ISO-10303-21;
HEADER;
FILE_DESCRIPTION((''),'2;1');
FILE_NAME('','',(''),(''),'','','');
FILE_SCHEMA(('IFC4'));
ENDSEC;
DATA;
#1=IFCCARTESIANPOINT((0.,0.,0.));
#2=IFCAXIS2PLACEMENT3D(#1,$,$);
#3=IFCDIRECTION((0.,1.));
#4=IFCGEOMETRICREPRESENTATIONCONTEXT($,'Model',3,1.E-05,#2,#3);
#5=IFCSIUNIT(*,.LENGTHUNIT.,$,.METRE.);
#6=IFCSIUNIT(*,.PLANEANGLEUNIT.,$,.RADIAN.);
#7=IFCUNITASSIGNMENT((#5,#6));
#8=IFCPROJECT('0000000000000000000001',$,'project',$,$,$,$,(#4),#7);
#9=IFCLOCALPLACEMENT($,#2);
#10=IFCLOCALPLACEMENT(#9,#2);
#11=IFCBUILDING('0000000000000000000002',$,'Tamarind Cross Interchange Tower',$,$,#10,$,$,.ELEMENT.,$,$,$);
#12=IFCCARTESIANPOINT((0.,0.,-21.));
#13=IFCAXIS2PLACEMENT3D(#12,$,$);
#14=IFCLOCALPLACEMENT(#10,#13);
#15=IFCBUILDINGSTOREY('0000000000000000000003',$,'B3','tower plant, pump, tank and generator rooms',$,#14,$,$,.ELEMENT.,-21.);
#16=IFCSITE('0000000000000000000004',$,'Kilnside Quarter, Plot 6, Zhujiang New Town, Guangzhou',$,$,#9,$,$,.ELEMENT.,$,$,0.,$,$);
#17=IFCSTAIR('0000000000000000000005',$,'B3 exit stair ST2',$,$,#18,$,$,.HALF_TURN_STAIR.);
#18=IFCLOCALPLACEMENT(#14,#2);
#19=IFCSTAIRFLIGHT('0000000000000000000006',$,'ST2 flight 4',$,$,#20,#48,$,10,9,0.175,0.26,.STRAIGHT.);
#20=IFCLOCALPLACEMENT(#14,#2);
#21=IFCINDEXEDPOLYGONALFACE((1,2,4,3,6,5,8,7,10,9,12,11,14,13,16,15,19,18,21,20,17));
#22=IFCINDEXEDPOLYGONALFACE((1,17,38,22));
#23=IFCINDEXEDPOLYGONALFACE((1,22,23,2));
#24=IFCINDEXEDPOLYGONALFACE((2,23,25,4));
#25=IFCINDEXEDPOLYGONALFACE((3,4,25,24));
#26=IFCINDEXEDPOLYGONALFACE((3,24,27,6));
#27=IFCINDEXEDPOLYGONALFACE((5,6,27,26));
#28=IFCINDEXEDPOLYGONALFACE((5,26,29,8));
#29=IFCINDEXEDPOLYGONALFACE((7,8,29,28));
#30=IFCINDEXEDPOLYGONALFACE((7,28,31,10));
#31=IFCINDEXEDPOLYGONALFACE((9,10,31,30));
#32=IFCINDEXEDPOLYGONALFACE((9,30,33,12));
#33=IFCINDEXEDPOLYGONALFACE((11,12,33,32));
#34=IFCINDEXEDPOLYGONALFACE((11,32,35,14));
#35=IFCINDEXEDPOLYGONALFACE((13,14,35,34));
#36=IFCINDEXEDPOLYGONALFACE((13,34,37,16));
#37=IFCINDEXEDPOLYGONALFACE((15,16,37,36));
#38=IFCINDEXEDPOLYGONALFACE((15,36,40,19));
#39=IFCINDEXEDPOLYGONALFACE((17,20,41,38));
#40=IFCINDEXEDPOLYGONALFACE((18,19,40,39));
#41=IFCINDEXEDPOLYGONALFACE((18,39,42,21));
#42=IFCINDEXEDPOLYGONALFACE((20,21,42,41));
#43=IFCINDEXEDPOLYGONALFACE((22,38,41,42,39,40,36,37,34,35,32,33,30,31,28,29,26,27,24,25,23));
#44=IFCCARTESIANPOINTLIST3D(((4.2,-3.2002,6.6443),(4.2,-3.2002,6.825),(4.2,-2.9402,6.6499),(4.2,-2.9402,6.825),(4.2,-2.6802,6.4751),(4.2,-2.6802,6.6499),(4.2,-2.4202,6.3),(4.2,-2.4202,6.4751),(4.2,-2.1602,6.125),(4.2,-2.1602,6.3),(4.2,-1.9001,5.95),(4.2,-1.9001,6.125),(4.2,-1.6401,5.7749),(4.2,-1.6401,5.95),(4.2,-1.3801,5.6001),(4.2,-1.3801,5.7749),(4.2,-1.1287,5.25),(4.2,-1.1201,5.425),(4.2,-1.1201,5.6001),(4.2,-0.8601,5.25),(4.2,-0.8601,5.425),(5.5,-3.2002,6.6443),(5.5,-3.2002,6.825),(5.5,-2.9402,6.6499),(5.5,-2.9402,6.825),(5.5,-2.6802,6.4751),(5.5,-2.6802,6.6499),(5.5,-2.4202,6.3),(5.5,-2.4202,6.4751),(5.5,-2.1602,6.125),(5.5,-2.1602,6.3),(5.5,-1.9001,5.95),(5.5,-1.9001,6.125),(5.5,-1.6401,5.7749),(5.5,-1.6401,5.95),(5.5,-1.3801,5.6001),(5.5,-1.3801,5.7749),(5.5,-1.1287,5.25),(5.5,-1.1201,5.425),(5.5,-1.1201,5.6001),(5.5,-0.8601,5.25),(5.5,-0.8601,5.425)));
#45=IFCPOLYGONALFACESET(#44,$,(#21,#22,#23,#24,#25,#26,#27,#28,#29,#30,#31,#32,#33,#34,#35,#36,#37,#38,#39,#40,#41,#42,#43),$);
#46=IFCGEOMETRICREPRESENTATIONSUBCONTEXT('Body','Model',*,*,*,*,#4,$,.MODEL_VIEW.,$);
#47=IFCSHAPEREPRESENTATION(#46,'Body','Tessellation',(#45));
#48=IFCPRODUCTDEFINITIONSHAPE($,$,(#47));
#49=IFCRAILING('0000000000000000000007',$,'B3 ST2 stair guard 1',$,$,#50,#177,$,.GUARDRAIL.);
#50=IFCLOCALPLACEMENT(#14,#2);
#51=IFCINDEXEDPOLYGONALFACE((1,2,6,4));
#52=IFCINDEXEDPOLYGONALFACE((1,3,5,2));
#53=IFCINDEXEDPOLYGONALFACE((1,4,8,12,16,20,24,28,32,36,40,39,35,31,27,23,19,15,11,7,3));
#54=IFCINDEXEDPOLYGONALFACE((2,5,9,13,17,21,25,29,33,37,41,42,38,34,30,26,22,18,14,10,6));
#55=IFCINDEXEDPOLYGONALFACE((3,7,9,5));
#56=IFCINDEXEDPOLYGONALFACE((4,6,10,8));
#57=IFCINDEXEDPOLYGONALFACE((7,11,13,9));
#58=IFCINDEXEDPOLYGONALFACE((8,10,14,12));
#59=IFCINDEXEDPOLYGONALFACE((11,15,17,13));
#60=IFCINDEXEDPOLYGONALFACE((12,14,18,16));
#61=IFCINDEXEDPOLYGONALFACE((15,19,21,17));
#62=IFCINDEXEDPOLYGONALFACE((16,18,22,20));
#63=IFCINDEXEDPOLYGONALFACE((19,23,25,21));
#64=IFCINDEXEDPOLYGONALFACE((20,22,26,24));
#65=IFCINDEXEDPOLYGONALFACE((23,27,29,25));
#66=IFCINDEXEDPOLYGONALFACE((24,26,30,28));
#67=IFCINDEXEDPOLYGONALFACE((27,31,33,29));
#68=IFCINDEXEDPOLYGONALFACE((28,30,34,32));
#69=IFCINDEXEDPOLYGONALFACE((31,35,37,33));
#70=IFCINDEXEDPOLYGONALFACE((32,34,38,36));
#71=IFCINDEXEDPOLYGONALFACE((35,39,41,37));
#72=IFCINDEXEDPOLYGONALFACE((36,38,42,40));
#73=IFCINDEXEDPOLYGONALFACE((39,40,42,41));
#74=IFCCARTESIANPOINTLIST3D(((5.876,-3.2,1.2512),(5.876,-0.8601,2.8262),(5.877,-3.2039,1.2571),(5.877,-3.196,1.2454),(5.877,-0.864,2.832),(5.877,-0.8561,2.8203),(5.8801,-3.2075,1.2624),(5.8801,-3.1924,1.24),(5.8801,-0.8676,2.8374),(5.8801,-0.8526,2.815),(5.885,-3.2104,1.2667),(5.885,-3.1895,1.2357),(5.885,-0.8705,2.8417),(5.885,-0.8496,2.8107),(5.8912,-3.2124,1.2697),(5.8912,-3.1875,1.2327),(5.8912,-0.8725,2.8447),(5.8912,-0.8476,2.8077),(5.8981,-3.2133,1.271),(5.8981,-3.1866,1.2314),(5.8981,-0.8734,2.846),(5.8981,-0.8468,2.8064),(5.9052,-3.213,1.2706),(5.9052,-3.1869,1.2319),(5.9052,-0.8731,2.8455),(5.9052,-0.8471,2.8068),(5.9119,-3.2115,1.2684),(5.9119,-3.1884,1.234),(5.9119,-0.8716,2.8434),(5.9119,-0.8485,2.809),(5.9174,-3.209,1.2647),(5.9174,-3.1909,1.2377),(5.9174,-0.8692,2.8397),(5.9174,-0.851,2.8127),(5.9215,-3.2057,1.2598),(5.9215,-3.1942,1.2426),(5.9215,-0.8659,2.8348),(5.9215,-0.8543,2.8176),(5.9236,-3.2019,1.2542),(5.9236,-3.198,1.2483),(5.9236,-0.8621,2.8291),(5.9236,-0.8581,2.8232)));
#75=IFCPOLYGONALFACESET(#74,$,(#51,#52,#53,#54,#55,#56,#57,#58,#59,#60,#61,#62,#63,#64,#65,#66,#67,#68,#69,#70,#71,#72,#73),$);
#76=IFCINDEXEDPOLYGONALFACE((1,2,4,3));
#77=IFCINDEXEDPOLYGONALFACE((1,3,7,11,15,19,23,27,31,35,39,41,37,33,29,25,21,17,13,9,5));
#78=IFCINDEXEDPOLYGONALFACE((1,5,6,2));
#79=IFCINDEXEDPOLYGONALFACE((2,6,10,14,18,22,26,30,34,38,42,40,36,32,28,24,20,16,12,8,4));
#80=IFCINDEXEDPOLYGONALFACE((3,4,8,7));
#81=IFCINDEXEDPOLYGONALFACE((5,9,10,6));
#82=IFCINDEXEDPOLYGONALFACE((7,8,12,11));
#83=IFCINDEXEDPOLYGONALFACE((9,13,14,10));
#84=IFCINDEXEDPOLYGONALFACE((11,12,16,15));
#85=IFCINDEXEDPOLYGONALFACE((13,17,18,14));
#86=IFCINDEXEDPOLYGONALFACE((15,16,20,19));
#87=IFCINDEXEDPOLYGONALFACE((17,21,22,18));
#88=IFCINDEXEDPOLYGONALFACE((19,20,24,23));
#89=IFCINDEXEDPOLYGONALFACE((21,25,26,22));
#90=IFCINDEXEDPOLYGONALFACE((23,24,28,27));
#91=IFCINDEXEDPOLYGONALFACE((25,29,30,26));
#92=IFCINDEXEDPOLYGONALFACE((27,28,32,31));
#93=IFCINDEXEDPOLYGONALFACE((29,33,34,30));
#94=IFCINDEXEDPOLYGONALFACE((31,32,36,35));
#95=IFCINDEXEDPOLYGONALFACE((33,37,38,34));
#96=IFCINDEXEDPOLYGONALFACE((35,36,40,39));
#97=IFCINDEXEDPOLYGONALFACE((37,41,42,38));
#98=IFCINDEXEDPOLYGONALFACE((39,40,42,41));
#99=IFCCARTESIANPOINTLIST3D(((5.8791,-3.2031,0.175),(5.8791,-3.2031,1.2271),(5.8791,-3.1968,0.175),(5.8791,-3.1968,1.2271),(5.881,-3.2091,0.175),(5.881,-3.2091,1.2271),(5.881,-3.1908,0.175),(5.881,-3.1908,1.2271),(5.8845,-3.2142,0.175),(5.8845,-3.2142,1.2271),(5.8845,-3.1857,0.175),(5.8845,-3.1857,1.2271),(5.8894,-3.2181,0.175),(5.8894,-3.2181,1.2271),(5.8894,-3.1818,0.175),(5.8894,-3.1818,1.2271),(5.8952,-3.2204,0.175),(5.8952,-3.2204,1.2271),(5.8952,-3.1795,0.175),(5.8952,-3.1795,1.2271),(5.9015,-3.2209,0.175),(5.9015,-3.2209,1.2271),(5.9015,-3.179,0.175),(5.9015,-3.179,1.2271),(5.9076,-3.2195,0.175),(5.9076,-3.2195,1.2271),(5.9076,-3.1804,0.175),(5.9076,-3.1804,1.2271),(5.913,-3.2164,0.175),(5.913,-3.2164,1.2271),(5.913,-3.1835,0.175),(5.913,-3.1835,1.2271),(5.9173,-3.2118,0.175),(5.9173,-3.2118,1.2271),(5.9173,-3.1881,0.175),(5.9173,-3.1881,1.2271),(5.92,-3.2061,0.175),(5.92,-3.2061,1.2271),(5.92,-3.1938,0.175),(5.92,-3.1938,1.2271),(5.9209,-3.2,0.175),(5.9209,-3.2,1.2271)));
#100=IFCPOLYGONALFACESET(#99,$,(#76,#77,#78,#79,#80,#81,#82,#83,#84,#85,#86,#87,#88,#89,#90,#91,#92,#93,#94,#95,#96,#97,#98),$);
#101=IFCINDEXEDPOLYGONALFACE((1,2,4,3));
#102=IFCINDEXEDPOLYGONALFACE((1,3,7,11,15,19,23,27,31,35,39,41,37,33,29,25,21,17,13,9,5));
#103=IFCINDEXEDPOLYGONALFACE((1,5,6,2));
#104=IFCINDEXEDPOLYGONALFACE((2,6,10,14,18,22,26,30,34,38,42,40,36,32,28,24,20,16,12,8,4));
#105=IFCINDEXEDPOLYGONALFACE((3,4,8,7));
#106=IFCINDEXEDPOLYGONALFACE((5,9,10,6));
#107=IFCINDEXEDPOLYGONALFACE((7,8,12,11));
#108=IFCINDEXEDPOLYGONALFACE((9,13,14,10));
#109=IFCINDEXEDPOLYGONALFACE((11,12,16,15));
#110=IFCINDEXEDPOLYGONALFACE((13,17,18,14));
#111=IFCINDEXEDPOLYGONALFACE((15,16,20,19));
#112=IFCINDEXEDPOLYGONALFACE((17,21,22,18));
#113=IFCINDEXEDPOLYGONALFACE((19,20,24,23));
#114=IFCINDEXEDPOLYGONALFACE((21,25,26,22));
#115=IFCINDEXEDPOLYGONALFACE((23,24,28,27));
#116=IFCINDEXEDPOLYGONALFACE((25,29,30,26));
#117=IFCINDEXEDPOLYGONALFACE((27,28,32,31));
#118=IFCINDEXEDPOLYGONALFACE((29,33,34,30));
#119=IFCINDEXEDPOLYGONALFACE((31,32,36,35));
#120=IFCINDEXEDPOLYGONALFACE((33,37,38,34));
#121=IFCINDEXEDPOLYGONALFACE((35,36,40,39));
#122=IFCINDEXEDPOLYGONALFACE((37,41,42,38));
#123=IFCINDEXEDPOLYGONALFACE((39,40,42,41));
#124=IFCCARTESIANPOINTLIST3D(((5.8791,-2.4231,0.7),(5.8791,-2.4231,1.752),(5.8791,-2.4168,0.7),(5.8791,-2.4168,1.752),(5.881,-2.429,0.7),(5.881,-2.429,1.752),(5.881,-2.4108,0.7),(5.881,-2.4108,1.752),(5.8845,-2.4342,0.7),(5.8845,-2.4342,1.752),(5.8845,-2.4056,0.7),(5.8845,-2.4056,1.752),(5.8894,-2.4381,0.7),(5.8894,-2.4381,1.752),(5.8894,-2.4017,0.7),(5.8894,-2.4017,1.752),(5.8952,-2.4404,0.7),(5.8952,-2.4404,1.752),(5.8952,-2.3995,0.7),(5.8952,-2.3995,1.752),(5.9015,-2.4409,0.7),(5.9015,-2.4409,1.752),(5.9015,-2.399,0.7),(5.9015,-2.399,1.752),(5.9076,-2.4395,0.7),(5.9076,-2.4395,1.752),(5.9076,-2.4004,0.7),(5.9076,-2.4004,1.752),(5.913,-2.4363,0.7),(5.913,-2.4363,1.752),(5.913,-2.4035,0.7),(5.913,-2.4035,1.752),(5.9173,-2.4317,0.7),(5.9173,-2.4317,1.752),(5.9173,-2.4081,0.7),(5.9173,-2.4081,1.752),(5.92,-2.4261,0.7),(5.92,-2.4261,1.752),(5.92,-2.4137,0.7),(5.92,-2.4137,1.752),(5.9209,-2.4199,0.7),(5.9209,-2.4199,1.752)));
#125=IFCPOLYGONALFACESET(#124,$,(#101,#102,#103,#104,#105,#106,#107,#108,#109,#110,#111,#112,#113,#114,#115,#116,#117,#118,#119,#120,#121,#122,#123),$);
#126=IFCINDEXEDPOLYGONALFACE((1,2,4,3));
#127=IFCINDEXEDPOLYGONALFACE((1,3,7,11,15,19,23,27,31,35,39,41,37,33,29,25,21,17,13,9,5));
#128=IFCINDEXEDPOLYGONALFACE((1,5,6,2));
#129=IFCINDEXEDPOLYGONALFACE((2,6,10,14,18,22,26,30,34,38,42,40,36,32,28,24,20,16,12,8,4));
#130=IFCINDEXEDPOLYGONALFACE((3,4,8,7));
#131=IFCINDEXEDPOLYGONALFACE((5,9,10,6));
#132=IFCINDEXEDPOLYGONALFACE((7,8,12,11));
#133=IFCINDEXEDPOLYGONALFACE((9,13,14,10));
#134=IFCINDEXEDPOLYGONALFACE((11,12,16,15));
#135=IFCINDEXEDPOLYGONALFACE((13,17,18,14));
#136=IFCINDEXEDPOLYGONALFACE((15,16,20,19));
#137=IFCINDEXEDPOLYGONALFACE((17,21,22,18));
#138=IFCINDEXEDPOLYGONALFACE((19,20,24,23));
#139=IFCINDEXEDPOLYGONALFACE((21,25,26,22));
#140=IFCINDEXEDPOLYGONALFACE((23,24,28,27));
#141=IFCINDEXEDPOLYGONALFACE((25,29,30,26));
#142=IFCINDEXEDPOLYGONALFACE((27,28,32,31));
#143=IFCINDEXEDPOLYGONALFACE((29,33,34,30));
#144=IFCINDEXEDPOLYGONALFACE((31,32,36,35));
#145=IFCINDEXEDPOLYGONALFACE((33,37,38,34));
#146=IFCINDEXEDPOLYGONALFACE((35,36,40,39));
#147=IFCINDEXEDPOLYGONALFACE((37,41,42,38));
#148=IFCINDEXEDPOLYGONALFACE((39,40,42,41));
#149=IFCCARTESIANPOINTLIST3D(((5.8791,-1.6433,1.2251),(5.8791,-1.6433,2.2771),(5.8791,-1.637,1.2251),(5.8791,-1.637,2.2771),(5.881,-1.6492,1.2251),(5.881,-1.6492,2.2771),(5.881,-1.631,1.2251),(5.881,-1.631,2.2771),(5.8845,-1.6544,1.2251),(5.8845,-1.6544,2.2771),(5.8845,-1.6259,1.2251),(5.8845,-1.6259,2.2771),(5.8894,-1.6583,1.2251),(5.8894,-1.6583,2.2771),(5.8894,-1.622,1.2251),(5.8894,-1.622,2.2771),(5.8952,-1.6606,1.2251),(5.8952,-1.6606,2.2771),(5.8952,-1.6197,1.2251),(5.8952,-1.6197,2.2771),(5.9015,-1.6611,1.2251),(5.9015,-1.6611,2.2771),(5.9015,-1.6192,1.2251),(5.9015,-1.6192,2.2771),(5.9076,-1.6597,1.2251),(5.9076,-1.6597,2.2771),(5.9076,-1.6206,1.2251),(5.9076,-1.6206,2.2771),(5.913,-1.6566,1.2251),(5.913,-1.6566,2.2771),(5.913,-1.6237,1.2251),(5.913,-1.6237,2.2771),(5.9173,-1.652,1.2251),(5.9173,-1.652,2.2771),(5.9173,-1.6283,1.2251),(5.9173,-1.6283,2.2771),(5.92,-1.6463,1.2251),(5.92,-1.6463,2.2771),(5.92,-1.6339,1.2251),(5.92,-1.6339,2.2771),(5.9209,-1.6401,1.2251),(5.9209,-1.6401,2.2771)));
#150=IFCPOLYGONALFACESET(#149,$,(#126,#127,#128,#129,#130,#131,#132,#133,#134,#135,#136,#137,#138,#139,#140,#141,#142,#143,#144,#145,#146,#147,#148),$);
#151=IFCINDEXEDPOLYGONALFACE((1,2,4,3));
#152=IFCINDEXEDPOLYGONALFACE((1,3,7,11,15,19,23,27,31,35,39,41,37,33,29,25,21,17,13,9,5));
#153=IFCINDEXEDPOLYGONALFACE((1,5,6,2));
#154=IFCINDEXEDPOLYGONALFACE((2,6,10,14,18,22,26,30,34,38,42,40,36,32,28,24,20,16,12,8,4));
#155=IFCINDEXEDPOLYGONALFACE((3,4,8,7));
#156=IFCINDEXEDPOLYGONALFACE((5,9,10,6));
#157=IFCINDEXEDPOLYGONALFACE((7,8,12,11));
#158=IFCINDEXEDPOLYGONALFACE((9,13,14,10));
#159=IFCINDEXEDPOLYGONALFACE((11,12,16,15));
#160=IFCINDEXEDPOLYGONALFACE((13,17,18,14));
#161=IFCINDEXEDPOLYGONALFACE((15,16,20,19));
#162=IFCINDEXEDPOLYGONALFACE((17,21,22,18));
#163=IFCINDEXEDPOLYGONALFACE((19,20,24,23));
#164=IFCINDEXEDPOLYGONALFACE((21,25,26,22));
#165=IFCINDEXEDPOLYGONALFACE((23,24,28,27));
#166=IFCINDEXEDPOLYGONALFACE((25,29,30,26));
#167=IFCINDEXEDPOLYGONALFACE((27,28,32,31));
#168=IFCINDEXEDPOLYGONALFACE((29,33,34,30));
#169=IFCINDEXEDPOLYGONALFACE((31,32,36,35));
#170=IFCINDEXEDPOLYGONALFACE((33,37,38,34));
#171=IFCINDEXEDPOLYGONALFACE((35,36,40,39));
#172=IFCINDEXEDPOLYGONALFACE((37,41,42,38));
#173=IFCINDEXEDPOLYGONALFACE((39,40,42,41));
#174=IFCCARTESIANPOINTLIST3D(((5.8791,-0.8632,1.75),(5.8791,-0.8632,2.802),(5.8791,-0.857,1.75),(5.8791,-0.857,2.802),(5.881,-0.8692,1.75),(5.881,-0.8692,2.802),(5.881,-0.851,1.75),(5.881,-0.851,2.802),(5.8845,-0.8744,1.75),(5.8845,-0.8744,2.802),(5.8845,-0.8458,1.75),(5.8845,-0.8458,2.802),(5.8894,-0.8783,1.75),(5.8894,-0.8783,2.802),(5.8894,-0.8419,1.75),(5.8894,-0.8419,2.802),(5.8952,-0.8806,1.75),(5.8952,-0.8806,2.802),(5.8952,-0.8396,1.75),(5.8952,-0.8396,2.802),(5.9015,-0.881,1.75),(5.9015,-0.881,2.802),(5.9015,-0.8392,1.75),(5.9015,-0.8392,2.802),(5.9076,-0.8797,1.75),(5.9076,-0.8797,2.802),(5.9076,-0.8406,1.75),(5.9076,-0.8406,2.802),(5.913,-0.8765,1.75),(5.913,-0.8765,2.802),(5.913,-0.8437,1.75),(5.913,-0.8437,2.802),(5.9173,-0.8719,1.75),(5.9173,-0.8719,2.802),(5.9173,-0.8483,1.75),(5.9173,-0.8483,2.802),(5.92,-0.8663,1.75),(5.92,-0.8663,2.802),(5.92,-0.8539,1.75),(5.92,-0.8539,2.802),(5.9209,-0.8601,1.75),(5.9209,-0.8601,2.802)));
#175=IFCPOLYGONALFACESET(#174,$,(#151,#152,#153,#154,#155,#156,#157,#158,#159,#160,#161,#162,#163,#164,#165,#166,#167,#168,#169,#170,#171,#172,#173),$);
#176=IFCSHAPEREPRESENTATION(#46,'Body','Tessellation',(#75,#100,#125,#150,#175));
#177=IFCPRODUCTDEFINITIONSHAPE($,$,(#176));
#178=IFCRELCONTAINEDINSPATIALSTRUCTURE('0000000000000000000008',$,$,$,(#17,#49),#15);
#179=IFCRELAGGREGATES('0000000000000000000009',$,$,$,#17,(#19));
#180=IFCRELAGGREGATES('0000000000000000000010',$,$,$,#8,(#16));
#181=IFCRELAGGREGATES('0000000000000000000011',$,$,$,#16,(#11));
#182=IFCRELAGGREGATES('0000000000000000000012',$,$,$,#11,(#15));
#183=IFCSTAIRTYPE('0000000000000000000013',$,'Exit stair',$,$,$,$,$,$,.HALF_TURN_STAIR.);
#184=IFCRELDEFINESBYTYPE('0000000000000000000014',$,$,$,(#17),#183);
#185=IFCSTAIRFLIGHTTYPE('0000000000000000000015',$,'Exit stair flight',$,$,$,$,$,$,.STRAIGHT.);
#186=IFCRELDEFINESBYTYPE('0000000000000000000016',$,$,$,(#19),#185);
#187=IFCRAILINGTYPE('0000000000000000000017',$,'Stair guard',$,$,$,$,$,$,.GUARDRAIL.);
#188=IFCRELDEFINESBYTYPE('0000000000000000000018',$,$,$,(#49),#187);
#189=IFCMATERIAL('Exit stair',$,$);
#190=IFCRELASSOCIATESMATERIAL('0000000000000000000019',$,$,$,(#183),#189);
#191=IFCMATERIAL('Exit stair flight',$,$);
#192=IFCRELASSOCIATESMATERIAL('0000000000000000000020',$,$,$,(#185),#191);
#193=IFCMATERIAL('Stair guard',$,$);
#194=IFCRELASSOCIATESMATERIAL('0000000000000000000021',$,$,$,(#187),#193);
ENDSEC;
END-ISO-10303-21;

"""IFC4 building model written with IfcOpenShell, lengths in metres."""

from ifc_helpers import new_model, si_unit, direction, frame, origin, origin_2d, place, context, subcontext, project, spatial, polyline, circle, outline, extrude, material, type_object, element, aggregate, save


model = new_model("IFC4")

# Units and contexts
model_context = context("Model", 3, precision=1e-05, world=origin(), true_north=direction((0.0, 1.0)))
body_context = subcontext(model_context, "Body", "Model", "MODEL_VIEW")
ifc_project = project(units=[si_unit("LENGTHUNIT", "METRE"), si_unit("PLANEANGLEUNIT", "RADIAN")], contexts=[model_context])

# Site, building, storey
site_placement = place(None, origin())
site = spatial("IfcSite", under=ifc_project, at=site_placement, Name="Kilnside Quarter, Plot 6, Zhujiang New Town, Guangzhou", CompositionType="ELEMENT", RefElevation=0.0)
building_placement = place(site_placement, origin())
building = spatial("IfcBuilding", under=site, at=building_placement, Name="Tamarind Cross Interchange Tower", CompositionType="ELEMENT")
storey_placement = place(building_placement, frame((0.0, 0.0, -21.0)))
storey = spatial("IfcBuildingStorey", under=building, at=storey_placement, Name="B3", Description="tower plant, pump, tank and generator rooms", CompositionType="ELEMENT", Elevation=-21.0)

# Stair, stair flight
ifc_material_1 = material(Name="Exit stair")
stair_type_1 = type_object("IfcStairType", Name="Exit stair", PredefinedType="HALF_TURN_STAIR", material=ifc_material_1)
stair_1_placement = place(storey_placement, origin())
stair_1 = element("IfcStair", 1, at=stair_1_placement, inside=storey, type_object=stair_type_1, Name="B3 exit stair ST2", PredefinedType="HALF_TURN_STAIR")
ifc_material_2 = material(Name="Exit stair flight")
stair_flight_type = type_object("IfcStairFlightType", Name="Exit stair flight", PredefinedType="STRAIGHT", material=ifc_material_2)
stair_flight_1_placement = place(storey_placement, frame((4.8501, -0.8601, 5.25), z_axis=(0.0, 0.0, 1.0), x_axis=(0.0, -1.0, 0.0)))
stair_flight_1 = element("IfcStairFlight", 2, at=stair_flight_1_placement, type_object=stair_flight_type, Name="ST2 flight 4", NumberOfRisers=10, NumberOfTreads=9, PredefinedType="STRAIGHT", RiserHeight=0.175, TreadLength=0.26, context=body_context, shape_type="SweptSolid", body=[
    extrude(outline(polyline([(0.0, 0.0), (0.0, 0.175), (0.26, 0.175), (0.26, 0.3501), (0.52, 0.3501), (0.52, 0.5249), (0.78, 0.5249), (0.78, 0.7), (1.04, 0.7), (1.04, 0.875), (1.3, 0.875), (1.3, 1.05), (1.5601, 1.05), (1.5601, 1.2251), (1.8201, 1.2251), (1.8201, 1.3999), (2.0801, 1.3999), (2.0801, 1.575), (2.3401, 1.575), (2.3401, 1.75), (2.3401, 1.3943), (0.2686, 0.0), (0.0, 0.0)])), frame((0.0, 0.6499, 0.0), z_axis=(0.0, -1.0, 0.0), x_axis=(1.0, 0.0, 0.0)), (0.0, 0.0, 1.0), 1.3),
])
aggregate(stair_1, [stair_flight_1])

# Railing
ifc_material_3 = material(Name="Stair guard")
railing_type_1 = type_object("IfcRailingType", Name="Stair guard", PredefinedType="GUARDRAIL", material=ifc_material_3)
railing_1_placement = place(storey_placement, frame((5.8999, -3.2, 0.175)))
element("IfcRailing", 3, at=railing_1_placement, inside=storey, type_object=railing_type_1, Name="B3 ST2 stair guard 1", PredefinedType="GUARDRAIL", context=body_context, shape_type="SweptSolid", body=[
    extrude(circle(Radius=0.0239, at=origin_2d()), frame((0.0, 0.0, 1.0762), z_axis=(0.0, 0.829578, 0.55839), x_axis=(-1.0, 0.0, 0.0)), (0.0, 0.0, 1.0), 2.8206),
    extrude(circle(Radius=0.021, at=origin_2d()), origin(), (0.0, 0.0, 1.0), 1.052),
    extrude(circle(Radius=0.021, at=origin_2d()), frame((0.0, 0.78, 0.5249)), (0.0, 0.0, 1.0), 1.052),
    extrude(circle(Radius=0.021, at=origin_2d()), frame((0.0, 1.5598, 1.05)), (0.0, 0.0, 1.0), 1.052),
    extrude(circle(Radius=0.021, at=origin_2d()), frame((0.0, 2.3398, 1.575)), (0.0, 0.0, 1.0), 1.052),
])

save(model, "model.ifc")
